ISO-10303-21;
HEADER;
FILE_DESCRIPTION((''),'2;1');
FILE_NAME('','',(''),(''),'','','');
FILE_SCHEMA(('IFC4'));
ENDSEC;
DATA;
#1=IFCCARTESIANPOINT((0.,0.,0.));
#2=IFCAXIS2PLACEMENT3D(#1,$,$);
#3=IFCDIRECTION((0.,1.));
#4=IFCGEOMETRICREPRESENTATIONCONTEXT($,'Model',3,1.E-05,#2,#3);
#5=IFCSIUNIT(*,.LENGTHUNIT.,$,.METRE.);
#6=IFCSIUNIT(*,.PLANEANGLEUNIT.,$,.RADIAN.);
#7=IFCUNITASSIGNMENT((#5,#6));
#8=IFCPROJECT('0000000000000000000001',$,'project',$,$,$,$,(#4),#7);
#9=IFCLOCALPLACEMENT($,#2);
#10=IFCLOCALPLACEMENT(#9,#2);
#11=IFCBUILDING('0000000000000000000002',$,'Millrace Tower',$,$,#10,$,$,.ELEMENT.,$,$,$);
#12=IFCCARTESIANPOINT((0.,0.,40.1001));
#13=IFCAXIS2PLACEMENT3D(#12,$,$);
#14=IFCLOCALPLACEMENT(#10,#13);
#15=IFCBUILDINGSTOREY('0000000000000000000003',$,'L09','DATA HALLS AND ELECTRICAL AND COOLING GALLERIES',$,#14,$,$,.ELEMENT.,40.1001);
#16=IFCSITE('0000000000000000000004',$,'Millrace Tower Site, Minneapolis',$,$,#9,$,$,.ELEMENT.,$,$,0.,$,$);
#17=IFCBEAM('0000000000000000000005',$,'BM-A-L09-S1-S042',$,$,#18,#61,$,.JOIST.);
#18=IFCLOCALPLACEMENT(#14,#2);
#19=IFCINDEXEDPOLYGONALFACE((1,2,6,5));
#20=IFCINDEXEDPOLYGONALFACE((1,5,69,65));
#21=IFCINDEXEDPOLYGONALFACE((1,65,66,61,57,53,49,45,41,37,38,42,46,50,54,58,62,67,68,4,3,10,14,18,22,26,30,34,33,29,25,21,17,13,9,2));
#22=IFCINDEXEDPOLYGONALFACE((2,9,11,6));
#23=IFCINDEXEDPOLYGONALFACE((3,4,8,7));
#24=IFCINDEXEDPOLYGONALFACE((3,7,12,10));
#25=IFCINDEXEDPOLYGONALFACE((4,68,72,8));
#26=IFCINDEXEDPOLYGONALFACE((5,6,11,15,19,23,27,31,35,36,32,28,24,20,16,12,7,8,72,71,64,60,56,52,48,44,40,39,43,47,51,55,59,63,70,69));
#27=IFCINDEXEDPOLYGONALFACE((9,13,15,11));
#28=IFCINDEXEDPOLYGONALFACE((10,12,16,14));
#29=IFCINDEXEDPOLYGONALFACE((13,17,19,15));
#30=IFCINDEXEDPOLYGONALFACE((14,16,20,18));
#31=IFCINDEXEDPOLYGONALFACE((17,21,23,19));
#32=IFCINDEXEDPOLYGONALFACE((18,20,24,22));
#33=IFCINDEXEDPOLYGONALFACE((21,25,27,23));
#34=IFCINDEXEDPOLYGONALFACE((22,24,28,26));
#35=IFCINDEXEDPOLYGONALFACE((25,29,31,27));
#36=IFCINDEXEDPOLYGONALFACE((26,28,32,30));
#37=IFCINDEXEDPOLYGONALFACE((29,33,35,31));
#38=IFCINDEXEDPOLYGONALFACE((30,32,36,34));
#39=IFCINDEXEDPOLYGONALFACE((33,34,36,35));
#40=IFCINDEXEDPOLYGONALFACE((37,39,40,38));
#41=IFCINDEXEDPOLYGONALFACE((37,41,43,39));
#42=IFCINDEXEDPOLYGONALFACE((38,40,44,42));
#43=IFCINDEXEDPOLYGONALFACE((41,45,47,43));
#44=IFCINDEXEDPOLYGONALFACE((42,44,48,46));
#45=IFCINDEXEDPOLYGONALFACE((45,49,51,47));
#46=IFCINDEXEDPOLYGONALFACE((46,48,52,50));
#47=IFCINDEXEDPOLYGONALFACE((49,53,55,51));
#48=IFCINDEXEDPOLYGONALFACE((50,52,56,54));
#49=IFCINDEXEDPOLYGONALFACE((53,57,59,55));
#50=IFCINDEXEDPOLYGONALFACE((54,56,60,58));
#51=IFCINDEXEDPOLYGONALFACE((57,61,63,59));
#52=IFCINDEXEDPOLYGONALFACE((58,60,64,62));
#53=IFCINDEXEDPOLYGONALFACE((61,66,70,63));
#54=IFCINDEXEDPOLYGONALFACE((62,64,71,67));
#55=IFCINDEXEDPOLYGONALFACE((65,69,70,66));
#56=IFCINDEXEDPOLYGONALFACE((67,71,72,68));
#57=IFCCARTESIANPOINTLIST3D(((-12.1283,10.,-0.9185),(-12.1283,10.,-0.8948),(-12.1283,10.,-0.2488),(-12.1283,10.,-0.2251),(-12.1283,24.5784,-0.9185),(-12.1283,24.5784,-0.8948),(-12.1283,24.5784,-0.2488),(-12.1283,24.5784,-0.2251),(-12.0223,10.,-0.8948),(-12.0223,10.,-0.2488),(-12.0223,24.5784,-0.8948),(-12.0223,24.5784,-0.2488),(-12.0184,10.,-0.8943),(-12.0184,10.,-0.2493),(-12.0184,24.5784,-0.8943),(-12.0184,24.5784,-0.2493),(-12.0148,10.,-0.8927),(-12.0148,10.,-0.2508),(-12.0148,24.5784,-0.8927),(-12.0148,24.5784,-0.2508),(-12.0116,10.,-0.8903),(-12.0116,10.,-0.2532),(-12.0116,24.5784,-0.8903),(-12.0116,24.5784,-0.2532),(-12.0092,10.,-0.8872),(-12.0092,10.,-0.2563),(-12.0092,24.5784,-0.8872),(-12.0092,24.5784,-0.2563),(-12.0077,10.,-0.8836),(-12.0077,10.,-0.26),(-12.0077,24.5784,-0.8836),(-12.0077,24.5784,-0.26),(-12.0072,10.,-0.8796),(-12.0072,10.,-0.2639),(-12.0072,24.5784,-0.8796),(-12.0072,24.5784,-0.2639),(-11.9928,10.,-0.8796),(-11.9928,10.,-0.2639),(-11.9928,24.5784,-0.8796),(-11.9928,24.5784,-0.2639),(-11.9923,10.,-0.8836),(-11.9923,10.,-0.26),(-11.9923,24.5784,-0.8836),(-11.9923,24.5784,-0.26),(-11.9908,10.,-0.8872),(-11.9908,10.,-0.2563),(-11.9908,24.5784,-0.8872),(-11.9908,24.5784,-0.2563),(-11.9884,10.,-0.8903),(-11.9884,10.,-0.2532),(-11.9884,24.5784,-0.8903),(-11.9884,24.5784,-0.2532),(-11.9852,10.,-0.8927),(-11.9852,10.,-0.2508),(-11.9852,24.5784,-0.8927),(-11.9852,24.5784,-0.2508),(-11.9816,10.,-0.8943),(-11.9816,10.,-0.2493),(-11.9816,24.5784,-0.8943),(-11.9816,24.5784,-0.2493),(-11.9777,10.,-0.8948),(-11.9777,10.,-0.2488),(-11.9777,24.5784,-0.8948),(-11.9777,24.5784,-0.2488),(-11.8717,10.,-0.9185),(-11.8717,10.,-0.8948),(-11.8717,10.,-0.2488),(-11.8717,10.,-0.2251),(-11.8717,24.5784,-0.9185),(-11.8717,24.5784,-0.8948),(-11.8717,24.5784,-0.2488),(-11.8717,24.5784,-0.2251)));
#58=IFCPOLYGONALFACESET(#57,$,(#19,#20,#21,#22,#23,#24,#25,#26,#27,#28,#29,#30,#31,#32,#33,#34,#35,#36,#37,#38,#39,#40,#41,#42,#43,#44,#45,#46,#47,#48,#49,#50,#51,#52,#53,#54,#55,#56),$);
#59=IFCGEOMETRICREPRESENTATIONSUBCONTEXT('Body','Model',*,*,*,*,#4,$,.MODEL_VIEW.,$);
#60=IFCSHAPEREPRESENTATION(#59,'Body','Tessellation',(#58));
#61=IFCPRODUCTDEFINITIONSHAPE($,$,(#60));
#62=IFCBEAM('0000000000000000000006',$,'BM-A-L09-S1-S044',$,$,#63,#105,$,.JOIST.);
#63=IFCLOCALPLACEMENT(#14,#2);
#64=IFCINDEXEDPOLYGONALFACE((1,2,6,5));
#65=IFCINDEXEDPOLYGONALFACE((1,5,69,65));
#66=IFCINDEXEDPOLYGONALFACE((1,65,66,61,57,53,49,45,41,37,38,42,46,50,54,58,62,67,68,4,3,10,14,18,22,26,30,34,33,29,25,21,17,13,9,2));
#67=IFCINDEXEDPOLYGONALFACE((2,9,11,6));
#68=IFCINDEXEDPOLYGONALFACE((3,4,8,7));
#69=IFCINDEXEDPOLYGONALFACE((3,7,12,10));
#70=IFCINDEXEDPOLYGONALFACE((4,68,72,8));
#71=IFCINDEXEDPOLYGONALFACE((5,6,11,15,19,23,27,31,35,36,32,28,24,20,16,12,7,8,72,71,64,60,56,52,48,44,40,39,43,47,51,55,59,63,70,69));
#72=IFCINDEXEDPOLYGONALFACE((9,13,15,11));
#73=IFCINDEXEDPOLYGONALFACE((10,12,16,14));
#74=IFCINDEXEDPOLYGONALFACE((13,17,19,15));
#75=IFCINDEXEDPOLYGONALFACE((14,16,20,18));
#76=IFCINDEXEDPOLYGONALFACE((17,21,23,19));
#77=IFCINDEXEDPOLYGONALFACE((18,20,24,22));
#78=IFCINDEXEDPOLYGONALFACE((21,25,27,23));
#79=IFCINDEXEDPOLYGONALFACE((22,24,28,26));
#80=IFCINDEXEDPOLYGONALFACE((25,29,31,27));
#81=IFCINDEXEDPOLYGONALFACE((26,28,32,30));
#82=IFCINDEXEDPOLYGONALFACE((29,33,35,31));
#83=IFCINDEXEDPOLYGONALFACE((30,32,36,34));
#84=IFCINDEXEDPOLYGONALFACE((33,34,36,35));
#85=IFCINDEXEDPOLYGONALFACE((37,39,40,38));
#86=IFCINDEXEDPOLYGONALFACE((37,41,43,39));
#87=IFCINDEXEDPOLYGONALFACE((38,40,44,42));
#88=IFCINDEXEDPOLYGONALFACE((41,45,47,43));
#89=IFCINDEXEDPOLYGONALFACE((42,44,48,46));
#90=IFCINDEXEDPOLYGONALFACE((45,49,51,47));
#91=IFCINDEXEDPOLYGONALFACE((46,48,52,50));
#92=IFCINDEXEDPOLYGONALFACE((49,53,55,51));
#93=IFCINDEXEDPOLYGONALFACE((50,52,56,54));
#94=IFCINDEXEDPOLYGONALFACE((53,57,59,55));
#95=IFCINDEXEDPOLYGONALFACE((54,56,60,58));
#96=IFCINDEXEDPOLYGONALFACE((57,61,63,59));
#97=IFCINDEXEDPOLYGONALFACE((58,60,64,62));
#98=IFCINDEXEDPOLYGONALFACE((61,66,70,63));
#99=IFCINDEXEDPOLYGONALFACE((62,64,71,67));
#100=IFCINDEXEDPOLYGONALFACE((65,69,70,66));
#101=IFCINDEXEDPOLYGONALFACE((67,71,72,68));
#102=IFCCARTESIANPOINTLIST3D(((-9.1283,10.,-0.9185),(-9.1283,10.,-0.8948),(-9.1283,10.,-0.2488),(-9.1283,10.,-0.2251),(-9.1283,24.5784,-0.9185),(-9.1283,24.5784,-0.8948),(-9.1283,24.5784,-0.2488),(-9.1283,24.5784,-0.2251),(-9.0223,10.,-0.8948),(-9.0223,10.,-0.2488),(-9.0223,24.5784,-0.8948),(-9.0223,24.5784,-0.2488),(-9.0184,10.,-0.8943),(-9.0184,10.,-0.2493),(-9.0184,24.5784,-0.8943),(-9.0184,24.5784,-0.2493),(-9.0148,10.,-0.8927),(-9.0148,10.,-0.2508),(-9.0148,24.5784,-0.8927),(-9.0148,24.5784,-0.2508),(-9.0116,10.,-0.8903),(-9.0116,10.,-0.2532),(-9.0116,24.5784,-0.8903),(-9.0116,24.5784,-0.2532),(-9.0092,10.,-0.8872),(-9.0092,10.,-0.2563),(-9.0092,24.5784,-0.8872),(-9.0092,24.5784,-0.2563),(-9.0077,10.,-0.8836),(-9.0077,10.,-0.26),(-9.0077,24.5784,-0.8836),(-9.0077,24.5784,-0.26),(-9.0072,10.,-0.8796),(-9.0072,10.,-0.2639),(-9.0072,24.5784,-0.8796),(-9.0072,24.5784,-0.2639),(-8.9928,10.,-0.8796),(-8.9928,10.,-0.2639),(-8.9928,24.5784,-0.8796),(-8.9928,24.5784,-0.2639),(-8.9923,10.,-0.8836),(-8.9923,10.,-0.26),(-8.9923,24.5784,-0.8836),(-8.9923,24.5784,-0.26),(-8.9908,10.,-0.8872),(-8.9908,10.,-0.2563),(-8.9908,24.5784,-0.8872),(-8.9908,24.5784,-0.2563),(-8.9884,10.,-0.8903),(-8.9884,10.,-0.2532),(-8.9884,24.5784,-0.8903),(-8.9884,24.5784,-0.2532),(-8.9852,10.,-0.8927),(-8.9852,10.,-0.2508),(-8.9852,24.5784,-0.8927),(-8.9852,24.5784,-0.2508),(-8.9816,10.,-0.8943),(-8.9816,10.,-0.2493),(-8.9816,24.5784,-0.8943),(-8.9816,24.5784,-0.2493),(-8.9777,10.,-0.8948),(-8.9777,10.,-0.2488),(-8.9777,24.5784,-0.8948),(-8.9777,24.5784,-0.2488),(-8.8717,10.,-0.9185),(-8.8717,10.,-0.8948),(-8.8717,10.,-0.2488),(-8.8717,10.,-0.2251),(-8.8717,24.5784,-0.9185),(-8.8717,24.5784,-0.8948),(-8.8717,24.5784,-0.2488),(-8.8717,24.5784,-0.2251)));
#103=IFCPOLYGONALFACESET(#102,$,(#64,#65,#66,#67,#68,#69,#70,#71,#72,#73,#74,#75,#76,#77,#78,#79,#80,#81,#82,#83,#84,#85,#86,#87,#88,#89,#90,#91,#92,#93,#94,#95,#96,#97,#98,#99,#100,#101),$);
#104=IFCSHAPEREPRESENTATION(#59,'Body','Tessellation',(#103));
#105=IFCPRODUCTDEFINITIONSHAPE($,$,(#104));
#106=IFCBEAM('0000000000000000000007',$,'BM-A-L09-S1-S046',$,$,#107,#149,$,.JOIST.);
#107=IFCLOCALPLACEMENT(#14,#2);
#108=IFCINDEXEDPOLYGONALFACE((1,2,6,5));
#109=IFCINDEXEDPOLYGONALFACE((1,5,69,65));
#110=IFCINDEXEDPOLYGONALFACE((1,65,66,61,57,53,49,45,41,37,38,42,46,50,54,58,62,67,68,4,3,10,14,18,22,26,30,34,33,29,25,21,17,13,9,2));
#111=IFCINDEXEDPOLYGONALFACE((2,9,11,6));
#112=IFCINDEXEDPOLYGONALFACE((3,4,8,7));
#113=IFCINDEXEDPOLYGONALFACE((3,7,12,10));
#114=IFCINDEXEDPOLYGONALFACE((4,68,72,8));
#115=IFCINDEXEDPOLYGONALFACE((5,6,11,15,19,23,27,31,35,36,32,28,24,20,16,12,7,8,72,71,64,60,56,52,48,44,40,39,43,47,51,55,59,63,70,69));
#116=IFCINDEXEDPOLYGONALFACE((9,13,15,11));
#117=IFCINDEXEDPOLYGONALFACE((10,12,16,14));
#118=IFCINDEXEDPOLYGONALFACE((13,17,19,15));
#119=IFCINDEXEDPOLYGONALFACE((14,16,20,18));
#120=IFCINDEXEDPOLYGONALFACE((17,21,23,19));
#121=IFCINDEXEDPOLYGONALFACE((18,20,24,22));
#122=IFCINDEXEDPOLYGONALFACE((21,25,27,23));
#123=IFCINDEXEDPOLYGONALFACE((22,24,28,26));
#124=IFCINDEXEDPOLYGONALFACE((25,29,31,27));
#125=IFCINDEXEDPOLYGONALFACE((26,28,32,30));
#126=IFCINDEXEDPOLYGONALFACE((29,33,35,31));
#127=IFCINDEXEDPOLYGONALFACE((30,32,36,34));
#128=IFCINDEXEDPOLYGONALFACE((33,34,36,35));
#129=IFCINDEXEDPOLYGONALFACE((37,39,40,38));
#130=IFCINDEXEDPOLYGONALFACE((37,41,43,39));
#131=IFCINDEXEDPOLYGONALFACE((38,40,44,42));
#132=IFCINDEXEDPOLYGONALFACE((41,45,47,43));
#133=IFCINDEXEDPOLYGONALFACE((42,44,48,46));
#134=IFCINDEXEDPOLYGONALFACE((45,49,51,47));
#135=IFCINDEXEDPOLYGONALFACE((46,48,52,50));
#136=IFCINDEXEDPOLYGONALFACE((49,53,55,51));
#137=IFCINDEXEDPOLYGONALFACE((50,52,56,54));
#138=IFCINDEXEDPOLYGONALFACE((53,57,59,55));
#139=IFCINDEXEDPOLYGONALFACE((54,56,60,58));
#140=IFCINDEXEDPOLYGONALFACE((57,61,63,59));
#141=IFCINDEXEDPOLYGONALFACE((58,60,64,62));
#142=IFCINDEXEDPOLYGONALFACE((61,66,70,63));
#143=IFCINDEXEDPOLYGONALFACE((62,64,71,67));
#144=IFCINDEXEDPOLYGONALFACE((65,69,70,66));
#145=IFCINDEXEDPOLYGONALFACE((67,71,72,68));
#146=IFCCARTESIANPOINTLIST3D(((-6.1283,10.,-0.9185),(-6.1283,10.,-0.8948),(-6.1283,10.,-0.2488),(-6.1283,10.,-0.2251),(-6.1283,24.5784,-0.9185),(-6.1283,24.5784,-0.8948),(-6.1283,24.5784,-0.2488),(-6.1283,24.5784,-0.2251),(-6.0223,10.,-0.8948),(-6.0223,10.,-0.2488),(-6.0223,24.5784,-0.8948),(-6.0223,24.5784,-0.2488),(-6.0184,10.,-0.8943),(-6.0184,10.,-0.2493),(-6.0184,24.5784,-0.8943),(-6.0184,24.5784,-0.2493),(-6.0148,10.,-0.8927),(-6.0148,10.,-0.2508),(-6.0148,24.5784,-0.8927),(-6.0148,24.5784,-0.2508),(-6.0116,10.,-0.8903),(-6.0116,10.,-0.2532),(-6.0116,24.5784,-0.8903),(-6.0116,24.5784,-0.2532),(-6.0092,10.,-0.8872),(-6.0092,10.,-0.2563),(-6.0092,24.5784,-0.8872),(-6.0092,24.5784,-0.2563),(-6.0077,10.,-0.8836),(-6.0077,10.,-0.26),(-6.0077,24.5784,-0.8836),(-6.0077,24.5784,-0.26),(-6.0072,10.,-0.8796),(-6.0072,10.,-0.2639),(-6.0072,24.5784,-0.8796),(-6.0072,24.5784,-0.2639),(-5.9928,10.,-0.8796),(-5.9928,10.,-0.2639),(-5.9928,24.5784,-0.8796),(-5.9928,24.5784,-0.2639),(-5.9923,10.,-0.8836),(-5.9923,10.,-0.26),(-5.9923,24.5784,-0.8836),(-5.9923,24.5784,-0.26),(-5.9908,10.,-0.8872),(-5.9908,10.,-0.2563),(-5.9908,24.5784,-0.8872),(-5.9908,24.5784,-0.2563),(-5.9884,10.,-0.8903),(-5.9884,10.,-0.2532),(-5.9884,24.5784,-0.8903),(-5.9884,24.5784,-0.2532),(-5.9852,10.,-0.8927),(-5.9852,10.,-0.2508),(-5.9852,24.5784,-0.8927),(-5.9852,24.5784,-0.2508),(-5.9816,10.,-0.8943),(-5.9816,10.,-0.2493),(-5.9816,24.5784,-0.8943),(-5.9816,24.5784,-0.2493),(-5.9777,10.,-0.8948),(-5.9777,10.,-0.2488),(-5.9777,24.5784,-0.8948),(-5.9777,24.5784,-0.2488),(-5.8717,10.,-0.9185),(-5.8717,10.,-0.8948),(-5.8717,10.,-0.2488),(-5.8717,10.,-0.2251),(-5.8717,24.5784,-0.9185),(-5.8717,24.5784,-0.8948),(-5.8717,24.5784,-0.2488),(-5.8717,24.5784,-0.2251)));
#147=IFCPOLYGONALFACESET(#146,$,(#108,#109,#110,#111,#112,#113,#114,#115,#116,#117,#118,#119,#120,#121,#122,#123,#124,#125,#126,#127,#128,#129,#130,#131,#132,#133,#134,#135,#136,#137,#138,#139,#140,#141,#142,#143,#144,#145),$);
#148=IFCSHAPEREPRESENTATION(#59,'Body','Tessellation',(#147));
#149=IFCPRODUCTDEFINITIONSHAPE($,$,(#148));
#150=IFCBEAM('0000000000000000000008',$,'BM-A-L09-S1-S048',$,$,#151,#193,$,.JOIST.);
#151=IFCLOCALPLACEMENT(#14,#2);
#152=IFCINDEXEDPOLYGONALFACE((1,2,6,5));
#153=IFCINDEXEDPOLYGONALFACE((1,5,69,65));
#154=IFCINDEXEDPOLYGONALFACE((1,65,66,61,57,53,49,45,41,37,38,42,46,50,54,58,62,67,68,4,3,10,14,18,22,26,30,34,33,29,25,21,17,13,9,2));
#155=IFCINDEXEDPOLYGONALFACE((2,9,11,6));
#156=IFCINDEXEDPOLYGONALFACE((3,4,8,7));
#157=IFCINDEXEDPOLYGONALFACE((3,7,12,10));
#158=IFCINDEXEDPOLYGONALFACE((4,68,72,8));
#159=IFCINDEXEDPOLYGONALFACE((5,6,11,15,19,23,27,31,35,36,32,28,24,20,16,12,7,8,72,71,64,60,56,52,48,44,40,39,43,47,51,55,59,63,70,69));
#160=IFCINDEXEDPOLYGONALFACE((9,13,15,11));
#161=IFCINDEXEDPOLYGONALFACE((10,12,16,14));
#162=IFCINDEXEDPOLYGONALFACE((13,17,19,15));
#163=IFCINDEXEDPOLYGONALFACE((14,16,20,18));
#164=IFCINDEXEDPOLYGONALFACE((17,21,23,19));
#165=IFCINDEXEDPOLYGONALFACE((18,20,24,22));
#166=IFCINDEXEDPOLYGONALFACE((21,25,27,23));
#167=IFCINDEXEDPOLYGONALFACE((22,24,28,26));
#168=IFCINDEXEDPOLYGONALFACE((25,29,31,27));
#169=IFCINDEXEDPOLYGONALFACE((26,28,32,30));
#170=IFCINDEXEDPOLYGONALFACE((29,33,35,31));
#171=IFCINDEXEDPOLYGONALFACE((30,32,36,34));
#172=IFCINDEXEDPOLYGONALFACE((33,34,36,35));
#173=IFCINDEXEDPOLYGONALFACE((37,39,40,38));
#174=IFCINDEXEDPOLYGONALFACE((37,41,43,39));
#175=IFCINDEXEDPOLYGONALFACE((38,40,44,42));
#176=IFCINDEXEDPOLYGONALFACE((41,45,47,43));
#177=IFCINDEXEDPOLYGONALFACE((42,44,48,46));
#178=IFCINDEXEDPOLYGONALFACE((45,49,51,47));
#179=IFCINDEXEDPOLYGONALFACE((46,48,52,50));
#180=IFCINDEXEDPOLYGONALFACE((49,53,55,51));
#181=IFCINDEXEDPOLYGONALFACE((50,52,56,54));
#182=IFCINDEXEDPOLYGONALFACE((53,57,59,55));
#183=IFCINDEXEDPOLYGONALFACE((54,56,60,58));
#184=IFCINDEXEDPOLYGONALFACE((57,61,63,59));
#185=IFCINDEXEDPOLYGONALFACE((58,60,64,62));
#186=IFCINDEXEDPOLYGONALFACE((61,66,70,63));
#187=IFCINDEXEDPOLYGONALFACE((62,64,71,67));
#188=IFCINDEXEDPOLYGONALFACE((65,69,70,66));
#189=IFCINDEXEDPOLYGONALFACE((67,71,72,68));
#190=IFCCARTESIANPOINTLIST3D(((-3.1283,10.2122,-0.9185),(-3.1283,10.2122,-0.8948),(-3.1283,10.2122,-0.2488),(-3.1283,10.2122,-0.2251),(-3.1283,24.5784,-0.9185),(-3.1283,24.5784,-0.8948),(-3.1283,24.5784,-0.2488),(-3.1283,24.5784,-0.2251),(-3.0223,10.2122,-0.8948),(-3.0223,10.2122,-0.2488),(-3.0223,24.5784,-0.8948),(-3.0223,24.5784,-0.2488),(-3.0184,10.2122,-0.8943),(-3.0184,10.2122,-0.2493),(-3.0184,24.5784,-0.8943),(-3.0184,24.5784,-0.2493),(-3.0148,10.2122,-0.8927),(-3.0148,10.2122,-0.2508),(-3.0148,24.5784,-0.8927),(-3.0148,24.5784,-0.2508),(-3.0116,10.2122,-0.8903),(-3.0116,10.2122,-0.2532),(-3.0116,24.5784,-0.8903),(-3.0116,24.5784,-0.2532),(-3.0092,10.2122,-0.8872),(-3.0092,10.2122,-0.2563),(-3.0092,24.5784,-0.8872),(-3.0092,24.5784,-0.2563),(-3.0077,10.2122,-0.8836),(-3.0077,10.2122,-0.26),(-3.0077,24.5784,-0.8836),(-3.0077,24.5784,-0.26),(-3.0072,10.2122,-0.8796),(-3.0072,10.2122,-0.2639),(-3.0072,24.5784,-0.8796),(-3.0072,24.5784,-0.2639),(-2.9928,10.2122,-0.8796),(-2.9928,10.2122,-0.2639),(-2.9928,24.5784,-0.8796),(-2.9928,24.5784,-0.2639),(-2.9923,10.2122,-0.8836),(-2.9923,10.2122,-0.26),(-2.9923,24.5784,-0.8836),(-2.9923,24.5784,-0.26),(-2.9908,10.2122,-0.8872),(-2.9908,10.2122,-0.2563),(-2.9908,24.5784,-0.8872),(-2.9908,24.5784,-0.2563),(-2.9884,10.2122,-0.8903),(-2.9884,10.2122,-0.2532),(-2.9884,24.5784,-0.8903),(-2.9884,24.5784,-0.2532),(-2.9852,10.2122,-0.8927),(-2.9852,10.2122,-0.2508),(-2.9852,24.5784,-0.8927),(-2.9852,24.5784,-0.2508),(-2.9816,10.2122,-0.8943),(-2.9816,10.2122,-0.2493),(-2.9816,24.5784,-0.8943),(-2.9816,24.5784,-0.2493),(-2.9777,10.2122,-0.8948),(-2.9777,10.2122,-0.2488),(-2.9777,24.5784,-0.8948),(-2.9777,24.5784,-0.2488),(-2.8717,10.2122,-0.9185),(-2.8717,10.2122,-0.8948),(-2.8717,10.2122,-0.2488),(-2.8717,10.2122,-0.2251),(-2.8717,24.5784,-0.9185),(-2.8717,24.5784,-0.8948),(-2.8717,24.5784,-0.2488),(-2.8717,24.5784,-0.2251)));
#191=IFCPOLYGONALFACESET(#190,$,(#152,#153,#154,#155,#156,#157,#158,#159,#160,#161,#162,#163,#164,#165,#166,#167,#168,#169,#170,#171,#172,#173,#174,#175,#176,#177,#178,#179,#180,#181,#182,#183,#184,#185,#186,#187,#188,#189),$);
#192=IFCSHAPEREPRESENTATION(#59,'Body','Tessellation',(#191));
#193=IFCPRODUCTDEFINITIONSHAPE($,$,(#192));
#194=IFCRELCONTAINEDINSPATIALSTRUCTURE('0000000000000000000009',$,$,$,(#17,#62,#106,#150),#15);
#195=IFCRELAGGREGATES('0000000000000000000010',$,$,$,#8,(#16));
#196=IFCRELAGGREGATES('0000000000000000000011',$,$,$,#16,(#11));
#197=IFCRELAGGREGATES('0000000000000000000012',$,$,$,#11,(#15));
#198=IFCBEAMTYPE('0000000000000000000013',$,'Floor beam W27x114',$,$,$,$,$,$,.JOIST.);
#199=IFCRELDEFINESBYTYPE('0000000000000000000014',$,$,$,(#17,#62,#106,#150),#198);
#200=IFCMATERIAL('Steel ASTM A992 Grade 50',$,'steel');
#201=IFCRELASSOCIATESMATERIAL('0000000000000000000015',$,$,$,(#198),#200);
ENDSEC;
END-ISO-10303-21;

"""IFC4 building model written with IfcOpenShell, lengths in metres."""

from ifc_helpers import new_model, si_unit, direction, frame, origin, origin_2d, place, context, subcontext, project, spatial, i_section, extrude, material, material_profile, profile_set, type_object, element, save


model = new_model("IFC4")

# Units and contexts
model_context = context("Model", 3, precision=1e-05, world=origin(), true_north=direction((0.0, 1.0)))
body_context = subcontext(model_context, "Body", "Model", "MODEL_VIEW")
ifc_project = project(units=[si_unit("LENGTHUNIT", "METRE"), si_unit("PLANEANGLEUNIT", "RADIAN")], contexts=[model_context])

# Site, building, storey
site_placement = place(None, origin())
site = spatial("IfcSite", under=ifc_project, at=site_placement, Name="Millrace Tower Site, Minneapolis", CompositionType="ELEMENT", RefElevation=0.0)
building_placement = place(site_placement, origin())
building = spatial("IfcBuilding", under=site, at=building_placement, Name="Millrace Tower", CompositionType="ELEMENT")
storey_placement = place(building_placement, frame((0.0, 0.0, 40.1001)))
storey = spatial("IfcBuildingStorey", under=building, at=storey_placement, Name="L09", Description="DATA HALLS AND ELECTRICAL AND COOLING GALLERIES", CompositionType="ELEMENT", Elevation=40.1001)

# Beams
ifc_material_1 = material(Name="Steel ASTM A992 Grade 50", Category="steel")
ifc_material_profile_1 = material_profile(ifc_material_1, i_section(OverallWidth=0.2566, OverallDepth=0.6934, WebThickness=0.0144, FlangeThickness=0.0237, FilletRadius=0.0151, at=origin_2d()))
ifc_profile_set_1 = profile_set([ifc_material_profile_1], Name="Steel ASTM A992 Grade 50")
beam_type_1 = type_object("IfcBeamType", Name="Floor beam W27x114", PredefinedType="JOIST", material=ifc_profile_set_1)
for number, where, z_axis, x_axis, name in (
    (1, (-12.0, 10.0, -0.5718), (0.0, 1.0, 0.0), (-1.0, 0.0, 0.0), "BM-A-L09-S1-S042"),
    (2, (-9.0, 10.0, -0.5718), (0.0, 1.0, 0.0), (-1.0, 0.0, 0.0), "BM-A-L09-S1-S044"),
    (3, (-6.0, 10.0, -0.5718), (0.0, 1.0, 0.0), (-1.0, 0.0, 0.0), "BM-A-L09-S1-S046"),
):
    element("IfcBeam", number, at=place(storey_placement, frame(where, z_axis=z_axis, x_axis=x_axis)), inside=storey, type_object=beam_type_1, Name=name, PredefinedType="JOIST", context=body_context, shape_type="SweptSolid", body=[
        extrude(i_section(OverallWidth=0.2566, OverallDepth=0.6934, WebThickness=0.0144, FlangeThickness=0.0237, FilletRadius=0.0151, at=origin_2d()), origin(), (0.0, 0.0, 1.0), 14.5784),
    ])
for number, where, z_axis, x_axis, name in (
    (4, (-3.0, 10.2122, -0.5718), (0.0, 1.0, 0.0), (-1.0, 0.0, 0.0), "BM-A-L09-S1-S048"),
):
    element("IfcBeam", number, at=place(storey_placement, frame(where, z_axis=z_axis, x_axis=x_axis)), inside=storey, type_object=beam_type_1, Name=name, PredefinedType="JOIST", context=body_context, shape_type="SweptSolid", body=[
        extrude(i_section(OverallWidth=0.2566, OverallDepth=0.6934, WebThickness=0.0144, FlangeThickness=0.0237, FilletRadius=0.0151, at=origin_2d()), origin(), (0.0, 0.0, 1.0), 14.3662),
    ])

save(model, "model.ifc")
